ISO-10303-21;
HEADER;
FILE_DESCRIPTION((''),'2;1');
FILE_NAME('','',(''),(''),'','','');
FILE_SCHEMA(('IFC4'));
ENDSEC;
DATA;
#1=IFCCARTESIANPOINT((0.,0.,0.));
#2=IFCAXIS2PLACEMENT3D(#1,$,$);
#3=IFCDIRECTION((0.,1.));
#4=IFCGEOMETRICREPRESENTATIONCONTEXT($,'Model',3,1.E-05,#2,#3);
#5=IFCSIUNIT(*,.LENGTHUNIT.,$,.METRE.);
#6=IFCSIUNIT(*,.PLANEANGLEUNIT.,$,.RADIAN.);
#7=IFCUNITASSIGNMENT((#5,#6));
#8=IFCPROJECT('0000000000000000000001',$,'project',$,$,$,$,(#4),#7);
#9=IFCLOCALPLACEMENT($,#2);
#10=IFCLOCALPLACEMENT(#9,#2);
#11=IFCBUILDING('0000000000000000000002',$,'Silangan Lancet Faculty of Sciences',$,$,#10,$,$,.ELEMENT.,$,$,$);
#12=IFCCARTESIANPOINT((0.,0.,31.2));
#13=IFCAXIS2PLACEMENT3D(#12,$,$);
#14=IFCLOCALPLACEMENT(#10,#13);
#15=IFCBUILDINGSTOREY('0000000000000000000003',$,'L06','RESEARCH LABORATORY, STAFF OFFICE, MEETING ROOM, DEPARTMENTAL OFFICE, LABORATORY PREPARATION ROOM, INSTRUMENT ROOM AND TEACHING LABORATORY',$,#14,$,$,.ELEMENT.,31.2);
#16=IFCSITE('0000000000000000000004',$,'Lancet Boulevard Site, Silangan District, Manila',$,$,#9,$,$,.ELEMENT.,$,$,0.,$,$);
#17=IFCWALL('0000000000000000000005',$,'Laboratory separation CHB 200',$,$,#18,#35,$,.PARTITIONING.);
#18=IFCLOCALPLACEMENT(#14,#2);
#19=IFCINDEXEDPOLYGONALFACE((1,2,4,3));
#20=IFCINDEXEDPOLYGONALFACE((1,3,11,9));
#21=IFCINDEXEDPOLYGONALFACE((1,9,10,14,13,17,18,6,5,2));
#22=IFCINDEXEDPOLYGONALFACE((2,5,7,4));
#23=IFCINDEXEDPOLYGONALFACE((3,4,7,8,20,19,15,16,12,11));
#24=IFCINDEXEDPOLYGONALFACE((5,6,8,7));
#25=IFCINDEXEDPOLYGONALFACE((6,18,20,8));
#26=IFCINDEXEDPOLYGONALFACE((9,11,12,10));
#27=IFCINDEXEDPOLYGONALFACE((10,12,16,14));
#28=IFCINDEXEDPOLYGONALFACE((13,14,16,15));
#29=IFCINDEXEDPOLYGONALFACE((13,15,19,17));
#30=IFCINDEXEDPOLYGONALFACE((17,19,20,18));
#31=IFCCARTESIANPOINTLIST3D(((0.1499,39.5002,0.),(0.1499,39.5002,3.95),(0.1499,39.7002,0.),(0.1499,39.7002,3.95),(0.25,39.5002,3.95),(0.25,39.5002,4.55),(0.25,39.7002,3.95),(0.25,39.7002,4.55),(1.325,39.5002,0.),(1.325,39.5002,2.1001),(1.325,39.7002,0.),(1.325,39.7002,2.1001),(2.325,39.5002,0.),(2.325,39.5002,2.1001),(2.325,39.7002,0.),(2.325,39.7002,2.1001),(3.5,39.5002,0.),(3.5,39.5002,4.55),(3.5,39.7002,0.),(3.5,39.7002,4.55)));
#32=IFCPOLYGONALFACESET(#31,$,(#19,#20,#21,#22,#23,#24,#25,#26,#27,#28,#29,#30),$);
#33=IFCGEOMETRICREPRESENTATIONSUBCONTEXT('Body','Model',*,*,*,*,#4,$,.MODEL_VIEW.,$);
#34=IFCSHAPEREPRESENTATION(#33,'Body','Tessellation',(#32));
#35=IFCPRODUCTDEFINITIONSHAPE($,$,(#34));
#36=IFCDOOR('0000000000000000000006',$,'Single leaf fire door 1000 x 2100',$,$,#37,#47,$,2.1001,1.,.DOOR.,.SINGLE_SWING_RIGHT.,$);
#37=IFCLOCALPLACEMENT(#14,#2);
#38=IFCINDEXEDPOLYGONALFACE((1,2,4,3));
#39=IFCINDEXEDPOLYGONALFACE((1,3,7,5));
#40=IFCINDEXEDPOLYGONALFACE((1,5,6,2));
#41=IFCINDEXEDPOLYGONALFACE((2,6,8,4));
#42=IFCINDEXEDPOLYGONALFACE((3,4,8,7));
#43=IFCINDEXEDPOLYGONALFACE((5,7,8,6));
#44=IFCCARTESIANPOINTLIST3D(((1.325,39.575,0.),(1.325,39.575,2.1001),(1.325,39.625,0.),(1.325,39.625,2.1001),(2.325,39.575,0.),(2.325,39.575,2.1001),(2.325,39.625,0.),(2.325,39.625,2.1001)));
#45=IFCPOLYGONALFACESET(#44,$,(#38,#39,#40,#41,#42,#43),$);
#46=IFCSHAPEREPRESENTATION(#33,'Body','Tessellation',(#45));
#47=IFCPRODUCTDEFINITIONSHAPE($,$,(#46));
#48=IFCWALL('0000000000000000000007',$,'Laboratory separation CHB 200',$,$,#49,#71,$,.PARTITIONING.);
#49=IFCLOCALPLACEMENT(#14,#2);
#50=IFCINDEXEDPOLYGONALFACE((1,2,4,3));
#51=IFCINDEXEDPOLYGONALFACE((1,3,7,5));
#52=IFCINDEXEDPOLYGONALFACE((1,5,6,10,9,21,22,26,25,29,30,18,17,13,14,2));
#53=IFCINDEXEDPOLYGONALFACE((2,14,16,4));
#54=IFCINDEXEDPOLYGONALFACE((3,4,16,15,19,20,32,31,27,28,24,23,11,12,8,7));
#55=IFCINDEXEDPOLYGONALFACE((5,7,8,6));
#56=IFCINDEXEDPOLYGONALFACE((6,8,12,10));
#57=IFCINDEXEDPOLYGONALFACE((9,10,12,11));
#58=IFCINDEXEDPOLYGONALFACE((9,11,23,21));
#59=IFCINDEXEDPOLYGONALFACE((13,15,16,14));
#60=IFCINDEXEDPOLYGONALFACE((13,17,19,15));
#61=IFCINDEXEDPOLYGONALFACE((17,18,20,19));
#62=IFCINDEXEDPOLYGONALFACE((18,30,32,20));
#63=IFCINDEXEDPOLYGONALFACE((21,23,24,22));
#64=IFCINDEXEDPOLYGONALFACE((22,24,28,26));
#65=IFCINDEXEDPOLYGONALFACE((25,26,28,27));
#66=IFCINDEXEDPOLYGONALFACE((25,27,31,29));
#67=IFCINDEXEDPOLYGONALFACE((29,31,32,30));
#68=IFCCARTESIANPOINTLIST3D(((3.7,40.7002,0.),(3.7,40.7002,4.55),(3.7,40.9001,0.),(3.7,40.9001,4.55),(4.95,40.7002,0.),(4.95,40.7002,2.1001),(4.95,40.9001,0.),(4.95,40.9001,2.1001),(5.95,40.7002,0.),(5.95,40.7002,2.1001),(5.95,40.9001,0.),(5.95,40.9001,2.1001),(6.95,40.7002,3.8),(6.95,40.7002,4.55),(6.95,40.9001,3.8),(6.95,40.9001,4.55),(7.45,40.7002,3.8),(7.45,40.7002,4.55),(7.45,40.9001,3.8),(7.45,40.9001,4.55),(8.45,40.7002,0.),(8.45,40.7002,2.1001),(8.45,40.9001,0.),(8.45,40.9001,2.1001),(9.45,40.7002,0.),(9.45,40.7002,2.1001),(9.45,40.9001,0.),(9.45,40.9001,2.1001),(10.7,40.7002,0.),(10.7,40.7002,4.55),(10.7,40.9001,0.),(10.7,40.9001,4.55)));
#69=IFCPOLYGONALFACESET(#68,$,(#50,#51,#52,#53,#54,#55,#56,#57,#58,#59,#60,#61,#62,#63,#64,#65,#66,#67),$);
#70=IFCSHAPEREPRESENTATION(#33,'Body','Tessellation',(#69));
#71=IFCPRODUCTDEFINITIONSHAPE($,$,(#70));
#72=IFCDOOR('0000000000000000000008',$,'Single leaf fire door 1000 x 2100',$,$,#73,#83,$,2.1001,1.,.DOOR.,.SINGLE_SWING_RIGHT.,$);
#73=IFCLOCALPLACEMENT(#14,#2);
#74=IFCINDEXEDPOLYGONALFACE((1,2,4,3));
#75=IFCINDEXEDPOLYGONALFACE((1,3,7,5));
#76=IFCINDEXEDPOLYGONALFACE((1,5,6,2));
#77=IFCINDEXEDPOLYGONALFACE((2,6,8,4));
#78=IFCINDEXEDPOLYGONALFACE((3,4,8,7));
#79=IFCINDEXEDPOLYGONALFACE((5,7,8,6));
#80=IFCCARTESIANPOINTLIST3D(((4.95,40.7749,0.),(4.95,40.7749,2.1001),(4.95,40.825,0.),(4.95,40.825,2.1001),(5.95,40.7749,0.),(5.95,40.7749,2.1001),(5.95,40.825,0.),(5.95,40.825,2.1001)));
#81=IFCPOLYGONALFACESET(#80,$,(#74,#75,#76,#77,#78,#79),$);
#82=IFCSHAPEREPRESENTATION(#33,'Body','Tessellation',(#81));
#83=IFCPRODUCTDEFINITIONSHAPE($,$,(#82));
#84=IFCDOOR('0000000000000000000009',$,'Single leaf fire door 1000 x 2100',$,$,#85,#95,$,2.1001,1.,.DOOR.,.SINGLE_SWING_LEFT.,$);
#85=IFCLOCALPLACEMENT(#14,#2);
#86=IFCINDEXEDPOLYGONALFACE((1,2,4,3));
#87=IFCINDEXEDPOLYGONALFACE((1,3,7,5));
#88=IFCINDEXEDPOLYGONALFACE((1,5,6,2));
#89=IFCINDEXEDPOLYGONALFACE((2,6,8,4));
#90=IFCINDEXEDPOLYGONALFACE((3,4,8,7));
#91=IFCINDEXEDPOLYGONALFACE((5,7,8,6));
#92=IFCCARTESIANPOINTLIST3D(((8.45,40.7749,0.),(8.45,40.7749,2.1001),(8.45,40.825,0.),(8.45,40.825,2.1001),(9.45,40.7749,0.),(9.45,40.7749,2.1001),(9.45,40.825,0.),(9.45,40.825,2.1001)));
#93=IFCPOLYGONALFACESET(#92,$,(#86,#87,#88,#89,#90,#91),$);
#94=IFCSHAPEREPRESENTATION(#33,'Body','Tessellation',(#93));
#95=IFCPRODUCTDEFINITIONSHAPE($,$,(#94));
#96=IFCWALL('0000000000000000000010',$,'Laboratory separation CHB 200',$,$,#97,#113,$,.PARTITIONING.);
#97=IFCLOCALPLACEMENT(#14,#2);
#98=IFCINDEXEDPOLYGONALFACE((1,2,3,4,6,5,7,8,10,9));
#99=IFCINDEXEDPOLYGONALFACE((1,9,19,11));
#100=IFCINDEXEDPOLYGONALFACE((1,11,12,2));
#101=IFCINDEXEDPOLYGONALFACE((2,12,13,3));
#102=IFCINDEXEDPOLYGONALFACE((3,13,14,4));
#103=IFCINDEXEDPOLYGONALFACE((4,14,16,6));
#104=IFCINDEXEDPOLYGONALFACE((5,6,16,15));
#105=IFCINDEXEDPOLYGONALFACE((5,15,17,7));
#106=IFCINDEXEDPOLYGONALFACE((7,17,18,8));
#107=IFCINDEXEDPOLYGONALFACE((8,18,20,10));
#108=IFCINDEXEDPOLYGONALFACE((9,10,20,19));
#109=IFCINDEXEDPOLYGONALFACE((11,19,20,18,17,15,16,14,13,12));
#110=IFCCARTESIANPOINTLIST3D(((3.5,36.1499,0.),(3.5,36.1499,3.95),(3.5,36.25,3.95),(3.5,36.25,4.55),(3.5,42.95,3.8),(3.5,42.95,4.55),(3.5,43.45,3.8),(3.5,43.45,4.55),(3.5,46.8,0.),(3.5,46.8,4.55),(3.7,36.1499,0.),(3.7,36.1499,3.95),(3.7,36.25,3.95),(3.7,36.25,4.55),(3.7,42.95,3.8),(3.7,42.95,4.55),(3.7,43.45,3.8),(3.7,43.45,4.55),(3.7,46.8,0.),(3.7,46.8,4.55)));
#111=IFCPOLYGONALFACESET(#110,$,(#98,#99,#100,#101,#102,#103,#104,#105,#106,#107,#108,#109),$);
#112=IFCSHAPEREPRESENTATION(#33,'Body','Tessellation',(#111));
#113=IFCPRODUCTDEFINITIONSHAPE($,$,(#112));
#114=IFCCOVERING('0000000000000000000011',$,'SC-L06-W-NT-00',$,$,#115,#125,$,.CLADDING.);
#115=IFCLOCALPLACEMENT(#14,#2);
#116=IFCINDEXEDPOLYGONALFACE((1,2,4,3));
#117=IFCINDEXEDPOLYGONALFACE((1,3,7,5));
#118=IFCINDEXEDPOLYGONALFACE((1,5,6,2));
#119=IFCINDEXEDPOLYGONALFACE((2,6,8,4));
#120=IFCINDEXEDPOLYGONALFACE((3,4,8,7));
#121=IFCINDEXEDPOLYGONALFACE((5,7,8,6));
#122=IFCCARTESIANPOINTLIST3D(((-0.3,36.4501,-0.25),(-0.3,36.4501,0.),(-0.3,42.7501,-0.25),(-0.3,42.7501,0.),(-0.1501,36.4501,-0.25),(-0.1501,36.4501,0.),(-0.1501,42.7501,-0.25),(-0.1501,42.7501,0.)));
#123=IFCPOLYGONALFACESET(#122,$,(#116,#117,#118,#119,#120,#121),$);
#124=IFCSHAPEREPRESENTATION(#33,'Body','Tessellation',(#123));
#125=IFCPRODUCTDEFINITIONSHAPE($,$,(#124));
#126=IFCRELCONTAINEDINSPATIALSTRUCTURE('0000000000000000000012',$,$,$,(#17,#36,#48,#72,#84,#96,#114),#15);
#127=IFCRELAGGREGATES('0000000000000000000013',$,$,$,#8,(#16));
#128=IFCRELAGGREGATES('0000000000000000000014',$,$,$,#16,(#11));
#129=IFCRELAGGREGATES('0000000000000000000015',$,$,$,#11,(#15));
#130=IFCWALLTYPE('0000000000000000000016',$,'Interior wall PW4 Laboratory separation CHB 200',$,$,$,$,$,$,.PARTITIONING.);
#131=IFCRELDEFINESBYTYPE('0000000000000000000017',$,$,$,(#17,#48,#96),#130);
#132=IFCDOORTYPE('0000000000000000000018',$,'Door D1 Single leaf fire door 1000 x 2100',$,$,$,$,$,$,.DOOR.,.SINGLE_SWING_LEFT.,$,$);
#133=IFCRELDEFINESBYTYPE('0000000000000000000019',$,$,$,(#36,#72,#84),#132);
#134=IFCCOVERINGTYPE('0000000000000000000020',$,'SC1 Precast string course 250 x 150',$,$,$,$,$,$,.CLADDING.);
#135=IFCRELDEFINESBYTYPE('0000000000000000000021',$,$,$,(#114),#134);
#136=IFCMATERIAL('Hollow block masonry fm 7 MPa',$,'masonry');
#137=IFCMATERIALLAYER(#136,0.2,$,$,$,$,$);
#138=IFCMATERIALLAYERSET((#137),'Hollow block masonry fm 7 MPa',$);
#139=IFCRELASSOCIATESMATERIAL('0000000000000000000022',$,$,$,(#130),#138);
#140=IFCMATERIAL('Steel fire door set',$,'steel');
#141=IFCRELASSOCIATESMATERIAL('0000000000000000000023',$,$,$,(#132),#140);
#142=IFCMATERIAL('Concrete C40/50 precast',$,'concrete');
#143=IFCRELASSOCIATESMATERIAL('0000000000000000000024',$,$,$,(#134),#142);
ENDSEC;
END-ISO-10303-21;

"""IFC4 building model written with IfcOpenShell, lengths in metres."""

from ifc_helpers import new_model, si_unit, direction, frame, frame_2d, origin, origin_2d, place, context, subcontext, project, spatial, polyline, rectangle, outline, extrude, material, layer, layer_set, type_object, element, fill, save


model = new_model("IFC4")

# Units and contexts
model_context = context("Model", 3, precision=1e-05, world=origin(), true_north=direction((0.0, 1.0)))
body_context = subcontext(model_context, "Body", "Model", "MODEL_VIEW")
ifc_project = project(units=[si_unit("LENGTHUNIT", "METRE"), si_unit("PLANEANGLEUNIT", "RADIAN")], contexts=[model_context])

# Site, building, storey
site_placement = place(None, origin())
site = spatial("IfcSite", under=ifc_project, at=site_placement, Name="Lancet Boulevard Site, Silangan District, Manila", CompositionType="ELEMENT", RefElevation=0.0)
building_placement = place(site_placement, origin())
building = spatial("IfcBuilding", under=site, at=building_placement, Name="Silangan Lancet Faculty of Sciences", CompositionType="ELEMENT")
storey_placement = place(building_placement, frame((0.0, 0.0, 31.2)))
storey = spatial("IfcBuildingStorey", under=building, at=storey_placement, Name="L06", Description="RESEARCH LABORATORY, STAFF OFFICE, MEETING ROOM, DEPARTMENTAL OFFICE, LABORATORY PREPARATION ROOM, INSTRUMENT ROOM AND TEACHING LABORATORY", CompositionType="ELEMENT", Elevation=31.2)

# Wall, opening, door
ifc_material_1 = material(Name="Hollow block masonry fm 7 MPa", Category="masonry")
ifc_layer_1 = layer(ifc_material_1, 0.2)
ifc_layer_set_1 = layer_set([ifc_layer_1], Name="Hollow block masonry fm 7 MPa")
wall_type_1 = type_object("IfcWallType", Name="Interior wall PW4 Laboratory separation CHB 200", PredefinedType="PARTITIONING", material=ifc_layer_set_1)
wall_1_placement = place(storey_placement, frame((0.1499, 39.6001, 0.0), z_axis=(0.0, 0.0, 1.0), x_axis=(1.0, 0.0, 0.0)))
wall_1 = element("IfcWall", 1, at=wall_1_placement, inside=storey, type_object=wall_type_1, Name="Laboratory separation CHB 200", PredefinedType="PARTITIONING", context=body_context, shape_type="SweptSolid", body=[
    extrude(outline(polyline([(0.0, 0.0), (3.3501, 0.0), (3.3501, 4.55), (0.1001, 4.55), (0.1001, 3.95), (0.0, 3.95), (0.0, 0.0)])), frame((0.0, 0.1001, 0.0), z_axis=(0.0, -1.0, 0.0), x_axis=(1.0, 0.0, 0.0)), (0.0, 0.0, 1.0), 0.2),
])
opening_1_placement = place(wall_1_placement, frame((1.175, 0.0, 0.0)))
opening_1 = element("IfcOpeningElement", 2, at=opening_1_placement, cuts=wall_1, PredefinedType="OPENING", context=body_context, shape_type="SweptSolid", body=[
    extrude(rectangle(XDim=1.0, YDim=2.1001, at=frame_2d((0.5, 1.05))), frame((0.0, 0.1099, 0.0), z_axis=(0.0, -1.0, 0.0), x_axis=(1.0, 0.0, 0.0)), (0.0, 0.0, 1.0), 0.22),
])
ifc_material_2 = material(Name="Steel fire door set", Category="steel")
door_type = type_object("IfcDoorType", Name="Door D1 Single leaf fire door 1000 x 2100", OperationType="SINGLE_SWING_LEFT", PredefinedType="DOOR", material=ifc_material_2)
door_1_placement = place(opening_1_placement, frame((1.0, 0.0, 0.0), z_axis=(0.0, 0.0, 1.0), x_axis=(-1.0, 0.0, 0.0)))
door_1 = element("IfcDoor", 3, at=door_1_placement, inside=storey, type_object=door_type, Name="Single leaf fire door 1000 x 2100", OperationType="SINGLE_SWING_RIGHT", OverallHeight=2.1001, OverallWidth=1.0, PredefinedType="DOOR", context=body_context, shape_type="SweptSolid", body=[
    extrude(rectangle(XDim=1.0, YDim=2.1001, at=frame_2d((0.5, 1.05))), frame((0.0, 0.0251, 0.0), z_axis=(0.0, -1.0, 0.0), x_axis=(1.0, 0.0, 0.0)), (0.0, 0.0, 1.0), 0.05),
])
fill(opening_1, door_1)

# Wall, openings, doors
wall_2_placement = place(storey_placement, frame((3.7, 40.8, 0.0), z_axis=(0.0, 0.0, 1.0), x_axis=(1.0, 0.0, 0.0)))
wall_2 = element("IfcWall", 4, at=wall_2_placement, inside=storey, type_object=wall_type_1, Name="Laboratory separation CHB 200", PredefinedType="PARTITIONING", context=body_context, shape_type="SweptSolid", body=[
    extrude(outline(polyline([(0.0, 0.0), (7.0, 0.0), (7.0, 4.55), (3.75, 4.55), (3.75, 3.8), (3.25, 3.8), (3.25, 4.55), (0.0, 4.55), (0.0, 0.0)])), frame((0.0, 0.1001, 0.0), z_axis=(0.0, -1.0, 0.0), x_axis=(1.0, 0.0, 0.0)), (0.0, 0.0, 1.0), 0.2),
])
opening_2_placement = place(wall_2_placement, frame((1.25, 0.0, 0.0)))
opening_2 = element("IfcOpeningElement", 5, at=opening_2_placement, cuts=wall_2, PredefinedType="OPENING", context=body_context, shape_type="SweptSolid", body=[
    extrude(rectangle(XDim=1.0, YDim=2.1001, at=frame_2d((0.5, 1.05))), frame((0.0, 0.1099, 0.0), z_axis=(0.0, -1.0, 0.0), x_axis=(1.0, 0.0, 0.0)), (0.0, 0.0, 1.0), 0.22),
])
opening_3_placement = place(wall_2_placement, frame((4.75, 0.0, 0.0)))
opening_3 = element("IfcOpeningElement", 6, at=opening_3_placement, cuts=wall_2, PredefinedType="OPENING", context=body_context, shape_type="SweptSolid", body=[
    extrude(rectangle(XDim=1.0, YDim=2.1001, at=frame_2d((0.5, 1.05))), frame((0.0, 0.1099, 0.0), z_axis=(0.0, -1.0, 0.0), x_axis=(1.0, 0.0, 0.0)), (0.0, 0.0, 1.0), 0.22),
])
door_2_placement = place(opening_2_placement, frame((1.0, 0.0, 0.0), z_axis=(0.0, 0.0, 1.0), x_axis=(-1.0, 0.0, 0.0)))
door_2 = element("IfcDoor", 7, at=door_2_placement, inside=storey, type_object=door_type, Name="Single leaf fire door 1000 x 2100", OperationType="SINGLE_SWING_RIGHT", OverallHeight=2.1001, OverallWidth=1.0, PredefinedType="DOOR", context=body_context, shape_type="SweptSolid", body=[
    extrude(rectangle(XDim=1.0, YDim=2.1001, at=frame_2d((0.5, 1.05))), frame((0.0, 0.0251, 0.0), z_axis=(0.0, -1.0, 0.0), x_axis=(1.0, 0.0, 0.0)), (0.0, 0.0, 1.0), 0.05),
])
fill(opening_2, door_2)
door_3_placement = place(opening_3_placement, frame((1.0, 0.0, 0.0), z_axis=(0.0, 0.0, 1.0), x_axis=(-1.0, 0.0, 0.0)))
door_3 = element("IfcDoor", 8, at=door_3_placement, inside=storey, type_object=door_type, Name="Single leaf fire door 1000 x 2100", OperationType="SINGLE_SWING_LEFT", OverallHeight=2.1001, OverallWidth=1.0, PredefinedType="DOOR", context=body_context, shape_type="SweptSolid", body=[
    extrude(rectangle(XDim=1.0, YDim=2.1001, at=frame_2d((0.5, 1.05))), frame((0.0, 0.0251, 0.0), z_axis=(0.0, -1.0, 0.0), x_axis=(1.0, 0.0, 0.0)), (0.0, 0.0, 1.0), 0.05),
])
fill(opening_3, door_3)

# Wall
wall_3_placement = place(storey_placement, frame((3.6001, 36.1499, 0.0), z_axis=(0.0, 0.0, 1.0), x_axis=(0.0, 1.0, 0.0)))
element("IfcWall", 9, at=wall_3_placement, inside=storey, type_object=wall_type_1, Name="Laboratory separation CHB 200", PredefinedType="PARTITIONING", context=body_context, shape_type="SweptSolid", body=[
    extrude(outline(polyline([(0.0, 0.0), (10.6501, 0.0), (10.6501, 4.55), (7.3, 4.55), (7.3, 3.8), (6.8, 3.8), (6.8, 4.55), (0.1001, 4.55), (0.1001, 3.95), (0.0, 3.95), (0.0, 0.0)])), frame((0.0, 0.1001, 0.0), z_axis=(0.0, -1.0, 0.0), x_axis=(1.0, 0.0, 0.0)), (0.0, 0.0, 1.0), 0.2),
])

# Covering
ifc_material_3 = material(Name="Concrete C40/50 precast", Category="concrete")
covering_type = type_object("IfcCoveringType", Name="SC1 Precast string course 250 x 150", PredefinedType="CLADDING", material=ifc_material_3)
covering_placement = place(storey_placement, frame((-0.2251, 39.6001, -0.25), z_axis=(0.0, 0.0, 1.0), x_axis=(1.0, 0.0, 0.0)))
element("IfcCovering", 10, at=covering_placement, inside=storey, type_object=covering_type, Name="SC-L06-W-NT-00", PredefinedType="CLADDING", context=body_context, shape_type="SweptSolid", body=[
    extrude(rectangle(XDim=0.1499, YDim=6.3, at=origin_2d()), origin(), (0.0, 0.0, 1.0), 0.25),
])

save(model, "model.ifc")
